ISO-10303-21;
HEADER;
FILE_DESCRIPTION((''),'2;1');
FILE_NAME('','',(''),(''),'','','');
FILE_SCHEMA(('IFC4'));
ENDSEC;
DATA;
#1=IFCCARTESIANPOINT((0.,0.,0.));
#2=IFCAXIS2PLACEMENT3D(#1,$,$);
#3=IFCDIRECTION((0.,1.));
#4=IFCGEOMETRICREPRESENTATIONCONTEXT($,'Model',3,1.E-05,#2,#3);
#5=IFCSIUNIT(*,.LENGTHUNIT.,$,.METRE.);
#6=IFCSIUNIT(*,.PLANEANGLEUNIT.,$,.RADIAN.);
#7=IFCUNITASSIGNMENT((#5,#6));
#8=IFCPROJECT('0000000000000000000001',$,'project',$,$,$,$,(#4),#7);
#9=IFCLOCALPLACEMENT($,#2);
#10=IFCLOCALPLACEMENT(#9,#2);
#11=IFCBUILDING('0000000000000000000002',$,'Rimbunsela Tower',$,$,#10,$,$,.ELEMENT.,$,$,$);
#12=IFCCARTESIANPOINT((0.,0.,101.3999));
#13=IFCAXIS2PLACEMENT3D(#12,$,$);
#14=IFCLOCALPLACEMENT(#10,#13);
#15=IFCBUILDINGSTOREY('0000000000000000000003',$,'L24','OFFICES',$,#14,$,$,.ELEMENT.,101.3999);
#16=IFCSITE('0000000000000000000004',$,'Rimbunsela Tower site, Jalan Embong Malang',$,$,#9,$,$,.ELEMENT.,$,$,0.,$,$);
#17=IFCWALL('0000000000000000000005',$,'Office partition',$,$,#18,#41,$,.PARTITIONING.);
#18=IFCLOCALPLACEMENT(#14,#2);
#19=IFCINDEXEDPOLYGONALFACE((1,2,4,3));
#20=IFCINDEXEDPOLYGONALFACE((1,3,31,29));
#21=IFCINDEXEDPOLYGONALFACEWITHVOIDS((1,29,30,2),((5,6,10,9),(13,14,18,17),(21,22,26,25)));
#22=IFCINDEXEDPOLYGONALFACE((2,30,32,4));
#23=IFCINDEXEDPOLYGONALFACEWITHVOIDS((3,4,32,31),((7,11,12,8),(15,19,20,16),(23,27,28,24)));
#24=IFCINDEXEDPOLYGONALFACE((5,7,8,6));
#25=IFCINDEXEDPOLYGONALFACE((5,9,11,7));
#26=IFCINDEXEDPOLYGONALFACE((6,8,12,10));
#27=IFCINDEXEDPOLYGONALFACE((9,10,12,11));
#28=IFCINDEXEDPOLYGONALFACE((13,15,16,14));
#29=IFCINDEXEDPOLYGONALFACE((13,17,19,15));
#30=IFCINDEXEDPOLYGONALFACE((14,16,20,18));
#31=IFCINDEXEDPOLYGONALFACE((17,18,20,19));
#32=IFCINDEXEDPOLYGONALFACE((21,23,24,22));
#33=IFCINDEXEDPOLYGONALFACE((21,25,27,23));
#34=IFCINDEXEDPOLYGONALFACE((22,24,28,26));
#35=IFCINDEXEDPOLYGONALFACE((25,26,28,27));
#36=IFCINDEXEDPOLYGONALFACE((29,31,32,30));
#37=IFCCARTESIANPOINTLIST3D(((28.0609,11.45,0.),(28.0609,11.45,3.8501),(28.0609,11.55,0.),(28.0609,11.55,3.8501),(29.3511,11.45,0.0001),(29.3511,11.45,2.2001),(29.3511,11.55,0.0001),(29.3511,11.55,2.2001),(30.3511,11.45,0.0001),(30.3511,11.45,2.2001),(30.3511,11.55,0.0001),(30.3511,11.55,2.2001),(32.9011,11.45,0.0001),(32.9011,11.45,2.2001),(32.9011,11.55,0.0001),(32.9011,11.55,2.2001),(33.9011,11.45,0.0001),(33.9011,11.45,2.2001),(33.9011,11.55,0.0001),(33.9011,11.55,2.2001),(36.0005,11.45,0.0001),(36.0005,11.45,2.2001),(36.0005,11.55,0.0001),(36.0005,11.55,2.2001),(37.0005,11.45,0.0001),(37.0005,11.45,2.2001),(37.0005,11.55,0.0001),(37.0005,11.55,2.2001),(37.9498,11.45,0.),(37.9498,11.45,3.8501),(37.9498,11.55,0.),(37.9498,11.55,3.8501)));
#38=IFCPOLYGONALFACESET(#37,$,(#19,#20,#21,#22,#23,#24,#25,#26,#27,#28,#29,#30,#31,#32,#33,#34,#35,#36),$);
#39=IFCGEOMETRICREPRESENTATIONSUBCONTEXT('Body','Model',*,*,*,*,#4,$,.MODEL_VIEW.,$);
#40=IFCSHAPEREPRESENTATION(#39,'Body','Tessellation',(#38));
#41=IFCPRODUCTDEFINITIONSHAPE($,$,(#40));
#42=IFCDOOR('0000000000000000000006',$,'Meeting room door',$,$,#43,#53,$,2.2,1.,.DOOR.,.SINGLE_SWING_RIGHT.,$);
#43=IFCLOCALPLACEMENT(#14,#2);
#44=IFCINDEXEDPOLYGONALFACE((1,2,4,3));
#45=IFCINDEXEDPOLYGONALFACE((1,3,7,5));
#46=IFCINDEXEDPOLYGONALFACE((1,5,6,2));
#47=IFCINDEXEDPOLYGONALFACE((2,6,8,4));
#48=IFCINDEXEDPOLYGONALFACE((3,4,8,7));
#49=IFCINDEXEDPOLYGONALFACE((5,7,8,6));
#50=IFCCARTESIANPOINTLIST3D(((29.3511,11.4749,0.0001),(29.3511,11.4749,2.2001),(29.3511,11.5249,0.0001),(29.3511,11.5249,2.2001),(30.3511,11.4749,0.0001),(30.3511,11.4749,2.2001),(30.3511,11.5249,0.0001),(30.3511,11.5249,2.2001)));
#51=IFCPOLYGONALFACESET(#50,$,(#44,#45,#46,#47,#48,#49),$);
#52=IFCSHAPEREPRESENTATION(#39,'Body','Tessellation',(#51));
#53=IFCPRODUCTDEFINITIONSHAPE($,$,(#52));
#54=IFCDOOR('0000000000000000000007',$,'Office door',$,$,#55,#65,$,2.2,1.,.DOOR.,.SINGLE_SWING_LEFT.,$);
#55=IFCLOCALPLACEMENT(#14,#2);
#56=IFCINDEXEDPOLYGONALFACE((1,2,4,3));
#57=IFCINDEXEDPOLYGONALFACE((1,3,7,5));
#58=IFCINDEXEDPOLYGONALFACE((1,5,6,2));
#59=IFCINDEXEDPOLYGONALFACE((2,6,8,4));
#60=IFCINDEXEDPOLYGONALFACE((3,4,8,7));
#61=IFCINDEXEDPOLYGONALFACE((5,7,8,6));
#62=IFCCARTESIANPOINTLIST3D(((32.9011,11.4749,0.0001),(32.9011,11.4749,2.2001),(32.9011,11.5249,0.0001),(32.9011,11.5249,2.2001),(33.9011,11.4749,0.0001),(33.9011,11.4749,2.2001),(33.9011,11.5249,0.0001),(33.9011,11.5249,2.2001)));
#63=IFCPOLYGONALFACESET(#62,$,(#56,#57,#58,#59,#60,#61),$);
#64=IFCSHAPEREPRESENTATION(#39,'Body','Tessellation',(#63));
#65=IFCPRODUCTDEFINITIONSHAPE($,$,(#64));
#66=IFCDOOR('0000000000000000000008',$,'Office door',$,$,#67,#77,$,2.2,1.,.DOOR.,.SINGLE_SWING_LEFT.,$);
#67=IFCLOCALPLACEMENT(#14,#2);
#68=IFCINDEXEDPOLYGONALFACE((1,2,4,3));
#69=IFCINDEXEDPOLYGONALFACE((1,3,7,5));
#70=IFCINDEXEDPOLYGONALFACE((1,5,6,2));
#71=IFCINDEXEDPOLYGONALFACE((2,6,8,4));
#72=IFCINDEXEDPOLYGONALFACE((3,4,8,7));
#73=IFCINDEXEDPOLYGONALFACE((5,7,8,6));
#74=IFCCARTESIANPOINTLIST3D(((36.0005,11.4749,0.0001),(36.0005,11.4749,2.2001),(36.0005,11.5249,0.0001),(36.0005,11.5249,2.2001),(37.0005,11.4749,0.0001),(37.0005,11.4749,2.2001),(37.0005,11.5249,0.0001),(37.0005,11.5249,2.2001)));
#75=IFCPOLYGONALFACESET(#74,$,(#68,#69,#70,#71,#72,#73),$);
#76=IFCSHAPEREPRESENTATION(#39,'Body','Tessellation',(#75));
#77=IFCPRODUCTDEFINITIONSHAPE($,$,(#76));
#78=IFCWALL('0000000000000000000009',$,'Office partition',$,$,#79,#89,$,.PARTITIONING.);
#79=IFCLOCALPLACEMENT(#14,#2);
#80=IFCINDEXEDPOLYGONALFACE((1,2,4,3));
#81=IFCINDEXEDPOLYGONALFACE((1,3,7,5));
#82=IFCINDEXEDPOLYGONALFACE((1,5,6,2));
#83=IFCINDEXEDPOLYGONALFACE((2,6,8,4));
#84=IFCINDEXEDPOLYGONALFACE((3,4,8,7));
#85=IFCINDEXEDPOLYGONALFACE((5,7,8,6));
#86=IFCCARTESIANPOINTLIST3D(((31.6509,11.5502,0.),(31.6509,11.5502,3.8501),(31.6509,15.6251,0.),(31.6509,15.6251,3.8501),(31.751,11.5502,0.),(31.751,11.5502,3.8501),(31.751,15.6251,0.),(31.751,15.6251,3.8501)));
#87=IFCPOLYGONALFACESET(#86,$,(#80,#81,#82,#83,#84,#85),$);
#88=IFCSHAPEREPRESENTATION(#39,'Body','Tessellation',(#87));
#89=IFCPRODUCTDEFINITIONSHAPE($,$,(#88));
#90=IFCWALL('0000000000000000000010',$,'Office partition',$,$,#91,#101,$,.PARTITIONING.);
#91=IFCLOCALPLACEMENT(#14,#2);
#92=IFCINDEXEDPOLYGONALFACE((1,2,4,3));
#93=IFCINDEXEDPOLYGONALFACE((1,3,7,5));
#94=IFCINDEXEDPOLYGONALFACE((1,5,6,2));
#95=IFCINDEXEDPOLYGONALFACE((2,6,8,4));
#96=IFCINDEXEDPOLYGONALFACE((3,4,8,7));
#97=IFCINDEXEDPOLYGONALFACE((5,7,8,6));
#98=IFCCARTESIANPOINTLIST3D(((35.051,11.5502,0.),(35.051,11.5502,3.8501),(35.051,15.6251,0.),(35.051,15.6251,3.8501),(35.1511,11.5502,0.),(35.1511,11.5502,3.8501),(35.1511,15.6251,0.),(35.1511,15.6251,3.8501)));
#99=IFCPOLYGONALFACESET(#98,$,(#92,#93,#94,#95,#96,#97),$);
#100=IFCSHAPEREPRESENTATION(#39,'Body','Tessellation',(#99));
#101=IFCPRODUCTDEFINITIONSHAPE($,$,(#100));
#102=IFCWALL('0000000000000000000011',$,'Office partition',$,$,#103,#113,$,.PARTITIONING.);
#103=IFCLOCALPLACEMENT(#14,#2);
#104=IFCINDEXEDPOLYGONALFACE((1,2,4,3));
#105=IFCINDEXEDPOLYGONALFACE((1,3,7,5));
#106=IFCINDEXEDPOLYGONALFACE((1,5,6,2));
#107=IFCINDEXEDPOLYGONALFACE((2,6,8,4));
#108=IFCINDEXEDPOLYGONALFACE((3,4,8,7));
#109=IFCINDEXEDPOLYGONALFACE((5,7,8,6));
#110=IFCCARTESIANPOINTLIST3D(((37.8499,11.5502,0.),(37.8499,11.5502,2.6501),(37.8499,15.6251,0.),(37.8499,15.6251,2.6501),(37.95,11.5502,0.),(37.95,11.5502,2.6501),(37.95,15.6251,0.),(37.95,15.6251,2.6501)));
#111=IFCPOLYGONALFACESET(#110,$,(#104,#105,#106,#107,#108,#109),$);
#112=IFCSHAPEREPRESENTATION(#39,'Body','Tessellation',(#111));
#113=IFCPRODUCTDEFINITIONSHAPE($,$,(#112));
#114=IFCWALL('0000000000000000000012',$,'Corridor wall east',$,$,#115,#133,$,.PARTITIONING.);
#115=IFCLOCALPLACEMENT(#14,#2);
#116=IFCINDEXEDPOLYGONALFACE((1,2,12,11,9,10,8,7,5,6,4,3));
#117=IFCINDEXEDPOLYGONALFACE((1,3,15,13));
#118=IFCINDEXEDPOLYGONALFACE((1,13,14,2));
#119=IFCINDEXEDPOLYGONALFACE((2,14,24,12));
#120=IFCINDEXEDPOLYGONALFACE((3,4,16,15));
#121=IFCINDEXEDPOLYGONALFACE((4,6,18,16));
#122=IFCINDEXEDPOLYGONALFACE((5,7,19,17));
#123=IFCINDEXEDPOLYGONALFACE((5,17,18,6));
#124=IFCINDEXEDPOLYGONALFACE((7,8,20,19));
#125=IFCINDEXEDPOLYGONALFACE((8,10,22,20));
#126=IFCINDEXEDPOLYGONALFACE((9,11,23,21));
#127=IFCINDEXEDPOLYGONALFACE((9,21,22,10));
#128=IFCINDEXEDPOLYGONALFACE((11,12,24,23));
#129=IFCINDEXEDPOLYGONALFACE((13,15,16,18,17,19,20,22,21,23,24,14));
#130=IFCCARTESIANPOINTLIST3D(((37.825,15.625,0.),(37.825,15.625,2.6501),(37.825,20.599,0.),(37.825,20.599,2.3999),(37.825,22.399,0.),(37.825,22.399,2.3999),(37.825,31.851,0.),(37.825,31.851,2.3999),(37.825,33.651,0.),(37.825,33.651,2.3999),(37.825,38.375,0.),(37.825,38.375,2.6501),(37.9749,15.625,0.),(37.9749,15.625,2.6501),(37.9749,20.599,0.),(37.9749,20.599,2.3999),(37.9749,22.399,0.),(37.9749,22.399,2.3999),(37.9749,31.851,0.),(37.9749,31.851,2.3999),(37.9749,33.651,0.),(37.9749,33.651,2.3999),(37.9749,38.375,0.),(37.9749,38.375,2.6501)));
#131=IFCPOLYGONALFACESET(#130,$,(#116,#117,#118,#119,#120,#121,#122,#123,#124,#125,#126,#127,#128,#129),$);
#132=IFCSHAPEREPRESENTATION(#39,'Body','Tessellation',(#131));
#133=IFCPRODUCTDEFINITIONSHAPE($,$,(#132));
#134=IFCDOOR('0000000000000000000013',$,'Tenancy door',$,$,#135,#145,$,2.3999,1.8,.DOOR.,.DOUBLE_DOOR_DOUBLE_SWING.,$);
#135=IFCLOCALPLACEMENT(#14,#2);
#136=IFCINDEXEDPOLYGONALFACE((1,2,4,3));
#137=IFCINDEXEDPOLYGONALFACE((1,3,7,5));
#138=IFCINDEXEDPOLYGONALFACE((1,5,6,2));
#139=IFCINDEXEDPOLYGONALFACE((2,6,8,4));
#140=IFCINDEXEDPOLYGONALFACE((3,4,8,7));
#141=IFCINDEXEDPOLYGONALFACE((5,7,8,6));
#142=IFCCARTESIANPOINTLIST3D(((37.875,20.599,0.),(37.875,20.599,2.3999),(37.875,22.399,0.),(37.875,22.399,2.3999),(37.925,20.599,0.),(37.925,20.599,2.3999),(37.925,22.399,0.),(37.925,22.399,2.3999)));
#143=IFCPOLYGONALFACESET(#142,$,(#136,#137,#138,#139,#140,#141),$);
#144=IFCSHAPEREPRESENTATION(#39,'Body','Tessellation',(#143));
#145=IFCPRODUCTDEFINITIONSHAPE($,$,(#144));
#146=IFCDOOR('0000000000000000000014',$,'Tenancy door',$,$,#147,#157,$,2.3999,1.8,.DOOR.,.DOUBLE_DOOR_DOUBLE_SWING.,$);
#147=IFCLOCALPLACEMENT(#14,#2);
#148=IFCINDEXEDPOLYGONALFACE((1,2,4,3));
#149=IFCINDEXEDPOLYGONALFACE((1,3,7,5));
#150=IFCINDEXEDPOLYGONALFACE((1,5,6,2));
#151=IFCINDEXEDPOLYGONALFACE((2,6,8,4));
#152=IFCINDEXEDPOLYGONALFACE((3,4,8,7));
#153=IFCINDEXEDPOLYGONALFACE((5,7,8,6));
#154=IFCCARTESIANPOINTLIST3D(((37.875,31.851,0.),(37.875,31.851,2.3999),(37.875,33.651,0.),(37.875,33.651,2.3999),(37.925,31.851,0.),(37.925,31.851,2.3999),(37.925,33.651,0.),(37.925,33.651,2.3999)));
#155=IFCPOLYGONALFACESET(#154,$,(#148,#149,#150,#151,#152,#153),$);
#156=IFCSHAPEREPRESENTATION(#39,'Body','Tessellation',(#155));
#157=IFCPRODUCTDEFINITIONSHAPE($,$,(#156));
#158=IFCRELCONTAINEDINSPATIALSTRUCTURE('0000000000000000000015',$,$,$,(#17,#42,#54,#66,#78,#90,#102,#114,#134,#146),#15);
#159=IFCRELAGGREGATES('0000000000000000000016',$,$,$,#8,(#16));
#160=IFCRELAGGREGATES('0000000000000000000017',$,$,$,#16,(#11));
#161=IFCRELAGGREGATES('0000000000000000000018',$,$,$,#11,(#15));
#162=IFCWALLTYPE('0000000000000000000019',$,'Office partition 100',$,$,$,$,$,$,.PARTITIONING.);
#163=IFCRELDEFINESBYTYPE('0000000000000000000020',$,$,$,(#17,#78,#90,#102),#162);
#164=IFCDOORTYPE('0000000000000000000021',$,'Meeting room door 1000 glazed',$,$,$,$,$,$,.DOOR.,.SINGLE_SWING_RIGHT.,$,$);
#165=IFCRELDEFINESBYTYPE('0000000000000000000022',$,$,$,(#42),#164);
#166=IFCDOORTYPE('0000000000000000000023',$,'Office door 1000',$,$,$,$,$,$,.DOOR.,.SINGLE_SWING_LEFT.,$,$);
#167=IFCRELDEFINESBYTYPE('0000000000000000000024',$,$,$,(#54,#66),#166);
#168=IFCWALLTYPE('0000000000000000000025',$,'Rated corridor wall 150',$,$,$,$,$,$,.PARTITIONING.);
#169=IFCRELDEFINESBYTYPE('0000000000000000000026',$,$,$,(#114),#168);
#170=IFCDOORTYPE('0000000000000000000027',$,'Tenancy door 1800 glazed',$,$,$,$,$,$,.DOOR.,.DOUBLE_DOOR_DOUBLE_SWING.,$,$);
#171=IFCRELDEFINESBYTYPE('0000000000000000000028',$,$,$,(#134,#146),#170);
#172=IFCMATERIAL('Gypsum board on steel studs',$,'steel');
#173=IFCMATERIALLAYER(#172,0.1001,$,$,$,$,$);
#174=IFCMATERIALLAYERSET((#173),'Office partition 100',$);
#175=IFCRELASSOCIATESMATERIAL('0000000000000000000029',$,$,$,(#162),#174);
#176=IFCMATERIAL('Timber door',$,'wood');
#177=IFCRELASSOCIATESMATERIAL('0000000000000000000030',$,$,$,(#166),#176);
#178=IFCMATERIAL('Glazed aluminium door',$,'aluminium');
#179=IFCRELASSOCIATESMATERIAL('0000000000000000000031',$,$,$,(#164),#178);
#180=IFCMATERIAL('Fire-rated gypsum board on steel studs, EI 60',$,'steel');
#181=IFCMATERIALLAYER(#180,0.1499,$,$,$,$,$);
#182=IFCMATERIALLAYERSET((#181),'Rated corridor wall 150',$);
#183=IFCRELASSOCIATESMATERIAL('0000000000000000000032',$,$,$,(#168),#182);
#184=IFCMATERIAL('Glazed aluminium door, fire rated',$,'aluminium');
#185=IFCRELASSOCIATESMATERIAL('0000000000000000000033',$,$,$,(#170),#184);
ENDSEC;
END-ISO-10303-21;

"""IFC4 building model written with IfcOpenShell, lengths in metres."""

from ifc_helpers import new_model, si_unit, direction, frame, frame_2d, origin, place, context, subcontext, project, spatial, rectangle, extrude, material, layer, layer_set, type_object, element, fill, save


model = new_model("IFC4")

# Units and contexts
model_context = context("Model", 3, precision=1e-05, world=origin(), true_north=direction((0.0, 1.0)))
body_context = subcontext(model_context, "Body", "Model", "MODEL_VIEW")
ifc_project = project(units=[si_unit("LENGTHUNIT", "METRE"), si_unit("PLANEANGLEUNIT", "RADIAN")], contexts=[model_context])

# Site, building, storey
site_placement = place(None, origin())
site = spatial("IfcSite", under=ifc_project, at=site_placement, Name="Rimbunsela Tower site, Jalan Embong Malang", CompositionType="ELEMENT", RefElevation=0.0)
building_placement = place(site_placement, origin())
building = spatial("IfcBuilding", under=site, at=building_placement, Name="Rimbunsela Tower", CompositionType="ELEMENT")
storey_placement = place(building_placement, frame((0.0, 0.0, 101.3999)))
storey = spatial("IfcBuildingStorey", under=building, at=storey_placement, Name="L24", Description="OFFICES", CompositionType="ELEMENT", Elevation=101.3999)

# Shared definitions
ifc_material_1 = material(Name="Gypsum board on steel studs", Category="steel")
ifc_layer_1 = layer(ifc_material_1, 0.1001)
ifc_layer_set_1 = layer_set([ifc_layer_1], Name="Office partition 100")
wall_type_1 = type_object("IfcWallType", Name="Office partition 100", PredefinedType="PARTITIONING", material=ifc_layer_set_1)
ifc_material_2 = material(Name="Timber door", Category="wood")
door_type_1 = type_object("IfcDoorType", Name="Office door 1000", OperationType="SINGLE_SWING_LEFT", PredefinedType="DOOR", material=ifc_material_2)

# Wall, openings, doors
wall_1_placement = place(storey_placement, frame((28.061, 11.5, 0.0), z_axis=(0.0, 0.0, 1.0), x_axis=(1.0, 0.0, 0.0)))
wall_1 = element("IfcWall", 1, at=wall_1_placement, inside=storey, type_object=wall_type_1, Name="Office partition", PredefinedType="PARTITIONING", context=body_context, shape_type="SweptSolid", body=[
    extrude(rectangle(XDim=9.8889, YDim=0.1001, at=frame_2d((4.9443, 0.0))), origin(), (0.0, 0.0, 1.0), 3.8501),
])
opening_1_placement = place(wall_1_placement, frame((1.29, 0.0, 0.0)))
opening_1 = element("IfcOpeningElement", 2, at=opening_1_placement, cuts=wall_1, PredefinedType="OPENING", context=body_context, shape_type="SweptSolid", body=[
    extrude(rectangle(XDim=1.0, YDim=2.2, at=frame_2d((0.5, 1.1001))), frame((0.0, 0.0601, 0.0), z_axis=(0.0, -1.0, 0.0), x_axis=(1.0, 0.0, 0.0)), (0.0, 0.0, 1.0), 0.1201),
])
opening_2_placement = place(wall_1_placement, frame((4.8401, 0.0, 0.0)))
opening_2 = element("IfcOpeningElement", 3, at=opening_2_placement, cuts=wall_1, PredefinedType="OPENING", context=body_context, shape_type="SweptSolid", body=[
    extrude(rectangle(XDim=1.0, YDim=2.2, at=frame_2d((0.5, 1.1001))), frame((0.0, 0.0601, 0.0), z_axis=(0.0, -1.0, 0.0), x_axis=(1.0, 0.0, 0.0)), (0.0, 0.0, 1.0), 0.1201),
])
opening_3_placement = place(wall_1_placement, frame((7.9395, 0.0, 0.0)))
opening_3 = element("IfcOpeningElement", 4, at=opening_3_placement, cuts=wall_1, PredefinedType="OPENING", context=body_context, shape_type="SweptSolid", body=[
    extrude(rectangle(XDim=1.0, YDim=2.2, at=frame_2d((0.5, 1.1001))), frame((0.0, 0.0601, 0.0), z_axis=(0.0, -1.0, 0.0), x_axis=(1.0, 0.0, 0.0)), (0.0, 0.0, 1.0), 0.1201),
])
ifc_material_3 = material(Name="Glazed aluminium door", Category="aluminium")
door_type_2 = type_object("IfcDoorType", Name="Meeting room door 1000 glazed", OperationType="SINGLE_SWING_RIGHT", PredefinedType="DOOR", material=ifc_material_3)
door_1_placement = place(opening_1_placement, origin())
door_1 = element("IfcDoor", 5, at=door_1_placement, inside=storey, type_object=door_type_2, Name="Meeting room door", OperationType="SINGLE_SWING_RIGHT", OverallHeight=2.2, OverallWidth=1.0, PredefinedType="DOOR", context=body_context, shape_type="SweptSolid", body=[
    extrude(rectangle(XDim=1.0, YDim=2.2, at=frame_2d((0.5, 1.1001))), frame((0.0, 0.0249, 0.0), z_axis=(0.0, -1.0, 0.0), x_axis=(1.0, 0.0, 0.0)), (0.0, 0.0, 1.0), 0.05),
])
fill(opening_1, door_1)
door_2_placement = place(opening_2_placement, origin())
door_2 = element("IfcDoor", 6, at=door_2_placement, inside=storey, type_object=door_type_1, Name="Office door", OperationType="SINGLE_SWING_LEFT", OverallHeight=2.2, OverallWidth=1.0, PredefinedType="DOOR", context=body_context, shape_type="SweptSolid", body=[
    extrude(rectangle(XDim=1.0, YDim=2.2, at=frame_2d((0.5, 1.1001))), frame((0.0, 0.0249, 0.0), z_axis=(0.0, -1.0, 0.0), x_axis=(1.0, 0.0, 0.0)), (0.0, 0.0, 1.0), 0.05),
])
fill(opening_2, door_2)
door_3_placement = place(opening_3_placement, origin())
door_3 = element("IfcDoor", 7, at=door_3_placement, inside=storey, type_object=door_type_1, Name="Office door", OperationType="SINGLE_SWING_LEFT", OverallHeight=2.2, OverallWidth=1.0, PredefinedType="DOOR", context=body_context, shape_type="SweptSolid", body=[
    extrude(rectangle(XDim=1.0, YDim=2.2, at=frame_2d((0.5, 1.1001))), frame((0.0, 0.0249, 0.0), z_axis=(0.0, -1.0, 0.0), x_axis=(1.0, 0.0, 0.0)), (0.0, 0.0, 1.0), 0.05),
])
fill(opening_3, door_3)

# Walls
for number, where, z_axis, x_axis, name in (
    (8, (31.7009, 11.55, 0.0), (0.0, 0.0, 1.0), (0.0, 1.0, 0.0), "Office partition"),
    (9, (35.1011, 11.55, 0.0), (0.0, 0.0, 1.0), (0.0, 1.0, 0.0), "Office partition"),
):
    element("IfcWall", number, at=place(storey_placement, frame(where, z_axis=z_axis, x_axis=x_axis)), inside=storey, type_object=wall_type_1, Name=name, PredefinedType="PARTITIONING", context=body_context, shape_type="SweptSolid", body=[
        extrude(rectangle(XDim=4.075, YDim=0.1001, at=frame_2d((2.0376, 0.0))), origin(), (0.0, 0.0, 1.0), 3.8501),
    ])
wall_2_placement = place(storey_placement, frame((37.8999, 11.55, 0.0), z_axis=(0.0, 0.0, 1.0), x_axis=(0.0, 1.0, 0.0)))
element("IfcWall", 10, at=wall_2_placement, inside=storey, type_object=wall_type_1, Name="Office partition", PredefinedType="PARTITIONING", context=body_context, shape_type="SweptSolid", body=[
    extrude(rectangle(XDim=4.075, YDim=0.1001, at=frame_2d((2.0376, 0.0))), origin(), (0.0, 0.0, 1.0), 2.6501),
])

# Wall, openings, doors
ifc_material_4 = material(Name="Fire-rated gypsum board on steel studs, EI 60", Category="steel")
ifc_layer_2 = layer(ifc_material_4, 0.1499)
ifc_layer_set_2 = layer_set([ifc_layer_2], Name="Rated corridor wall 150")
wall_type_2 = type_object("IfcWallType", Name="Rated corridor wall 150", PredefinedType="PARTITIONING", material=ifc_layer_set_2)
wall_3_placement = place(storey_placement, frame((37.8999, 15.625, 0.0), z_axis=(0.0, 0.0, 1.0), x_axis=(0.0, 1.0, 0.0)))
wall_3 = element("IfcWall", 11, at=wall_3_placement, inside=storey, type_object=wall_type_2, Name="Corridor wall east", PredefinedType="PARTITIONING", context=body_context, shape_type="SweptSolid", body=[
    extrude(rectangle(XDim=22.75, YDim=0.1499, at=frame_2d((11.375, 0.0))), origin(), (0.0, 0.0, 1.0), 2.6501),
])
opening_4_placement = place(wall_3_placement, frame((4.9741, 0.0, 0.0)))
opening_4 = element("IfcOpeningElement", 12, at=opening_4_placement, cuts=wall_3, PredefinedType="OPENING", context=body_context, shape_type="SweptSolid", body=[
    extrude(rectangle(XDim=1.8, YDim=2.3999, at=frame_2d((0.8999, 1.2))), frame((0.0, 0.085, 0.0), z_axis=(0.0, -1.0, 0.0), x_axis=(1.0, 0.0, 0.0)), (0.0, 0.0, 1.0), 0.1699),
])
opening_5_placement = place(wall_3_placement, frame((16.2261, 0.0, 0.0)))
opening_5 = element("IfcOpeningElement", 13, at=opening_5_placement, cuts=wall_3, PredefinedType="OPENING", context=body_context, shape_type="SweptSolid", body=[
    extrude(rectangle(XDim=1.8, YDim=2.3999, at=frame_2d((0.8999, 1.2))), frame((0.0, 0.085, 0.0), z_axis=(0.0, -1.0, 0.0), x_axis=(1.0, 0.0, 0.0)), (0.0, 0.0, 1.0), 0.1699),
])
ifc_material_5 = material(Name="Glazed aluminium door, fire rated", Category="aluminium")
door_type_3 = type_object("IfcDoorType", Name="Tenancy door 1800 glazed", OperationType="DOUBLE_DOOR_DOUBLE_SWING", PredefinedType="DOOR", material=ifc_material_5)
door_4_placement = place(opening_4_placement, origin())
door_4 = element("IfcDoor", 14, at=door_4_placement, inside=storey, type_object=door_type_3, Name="Tenancy door", OperationType="DOUBLE_DOOR_DOUBLE_SWING", OverallHeight=2.3999, OverallWidth=1.8, PredefinedType="DOOR", context=body_context, shape_type="SweptSolid", body=[
    extrude(rectangle(XDim=1.8, YDim=2.3999, at=frame_2d((0.8999, 1.2))), frame((0.0, 0.0249, 0.0), z_axis=(0.0, -1.0, 0.0), x_axis=(1.0, 0.0, 0.0)), (0.0, 0.0, 1.0), 0.05),
])
fill(opening_4, door_4)
door_5_placement = place(opening_5_placement, origin())
door_5 = element("IfcDoor", 15, at=door_5_placement, inside=storey, type_object=door_type_3, Name="Tenancy door", OperationType="DOUBLE_DOOR_DOUBLE_SWING", OverallHeight=2.3999, OverallWidth=1.8, PredefinedType="DOOR", context=body_context, shape_type="SweptSolid", body=[
    extrude(rectangle(XDim=1.8, YDim=2.3999, at=frame_2d((0.8999, 1.2))), frame((0.0, 0.0249, 0.0), z_axis=(0.0, -1.0, 0.0), x_axis=(1.0, 0.0, 0.0)), (0.0, 0.0, 1.0), 0.05),
])
fill(opening_5, door_5)

save(model, "model.ifc")
